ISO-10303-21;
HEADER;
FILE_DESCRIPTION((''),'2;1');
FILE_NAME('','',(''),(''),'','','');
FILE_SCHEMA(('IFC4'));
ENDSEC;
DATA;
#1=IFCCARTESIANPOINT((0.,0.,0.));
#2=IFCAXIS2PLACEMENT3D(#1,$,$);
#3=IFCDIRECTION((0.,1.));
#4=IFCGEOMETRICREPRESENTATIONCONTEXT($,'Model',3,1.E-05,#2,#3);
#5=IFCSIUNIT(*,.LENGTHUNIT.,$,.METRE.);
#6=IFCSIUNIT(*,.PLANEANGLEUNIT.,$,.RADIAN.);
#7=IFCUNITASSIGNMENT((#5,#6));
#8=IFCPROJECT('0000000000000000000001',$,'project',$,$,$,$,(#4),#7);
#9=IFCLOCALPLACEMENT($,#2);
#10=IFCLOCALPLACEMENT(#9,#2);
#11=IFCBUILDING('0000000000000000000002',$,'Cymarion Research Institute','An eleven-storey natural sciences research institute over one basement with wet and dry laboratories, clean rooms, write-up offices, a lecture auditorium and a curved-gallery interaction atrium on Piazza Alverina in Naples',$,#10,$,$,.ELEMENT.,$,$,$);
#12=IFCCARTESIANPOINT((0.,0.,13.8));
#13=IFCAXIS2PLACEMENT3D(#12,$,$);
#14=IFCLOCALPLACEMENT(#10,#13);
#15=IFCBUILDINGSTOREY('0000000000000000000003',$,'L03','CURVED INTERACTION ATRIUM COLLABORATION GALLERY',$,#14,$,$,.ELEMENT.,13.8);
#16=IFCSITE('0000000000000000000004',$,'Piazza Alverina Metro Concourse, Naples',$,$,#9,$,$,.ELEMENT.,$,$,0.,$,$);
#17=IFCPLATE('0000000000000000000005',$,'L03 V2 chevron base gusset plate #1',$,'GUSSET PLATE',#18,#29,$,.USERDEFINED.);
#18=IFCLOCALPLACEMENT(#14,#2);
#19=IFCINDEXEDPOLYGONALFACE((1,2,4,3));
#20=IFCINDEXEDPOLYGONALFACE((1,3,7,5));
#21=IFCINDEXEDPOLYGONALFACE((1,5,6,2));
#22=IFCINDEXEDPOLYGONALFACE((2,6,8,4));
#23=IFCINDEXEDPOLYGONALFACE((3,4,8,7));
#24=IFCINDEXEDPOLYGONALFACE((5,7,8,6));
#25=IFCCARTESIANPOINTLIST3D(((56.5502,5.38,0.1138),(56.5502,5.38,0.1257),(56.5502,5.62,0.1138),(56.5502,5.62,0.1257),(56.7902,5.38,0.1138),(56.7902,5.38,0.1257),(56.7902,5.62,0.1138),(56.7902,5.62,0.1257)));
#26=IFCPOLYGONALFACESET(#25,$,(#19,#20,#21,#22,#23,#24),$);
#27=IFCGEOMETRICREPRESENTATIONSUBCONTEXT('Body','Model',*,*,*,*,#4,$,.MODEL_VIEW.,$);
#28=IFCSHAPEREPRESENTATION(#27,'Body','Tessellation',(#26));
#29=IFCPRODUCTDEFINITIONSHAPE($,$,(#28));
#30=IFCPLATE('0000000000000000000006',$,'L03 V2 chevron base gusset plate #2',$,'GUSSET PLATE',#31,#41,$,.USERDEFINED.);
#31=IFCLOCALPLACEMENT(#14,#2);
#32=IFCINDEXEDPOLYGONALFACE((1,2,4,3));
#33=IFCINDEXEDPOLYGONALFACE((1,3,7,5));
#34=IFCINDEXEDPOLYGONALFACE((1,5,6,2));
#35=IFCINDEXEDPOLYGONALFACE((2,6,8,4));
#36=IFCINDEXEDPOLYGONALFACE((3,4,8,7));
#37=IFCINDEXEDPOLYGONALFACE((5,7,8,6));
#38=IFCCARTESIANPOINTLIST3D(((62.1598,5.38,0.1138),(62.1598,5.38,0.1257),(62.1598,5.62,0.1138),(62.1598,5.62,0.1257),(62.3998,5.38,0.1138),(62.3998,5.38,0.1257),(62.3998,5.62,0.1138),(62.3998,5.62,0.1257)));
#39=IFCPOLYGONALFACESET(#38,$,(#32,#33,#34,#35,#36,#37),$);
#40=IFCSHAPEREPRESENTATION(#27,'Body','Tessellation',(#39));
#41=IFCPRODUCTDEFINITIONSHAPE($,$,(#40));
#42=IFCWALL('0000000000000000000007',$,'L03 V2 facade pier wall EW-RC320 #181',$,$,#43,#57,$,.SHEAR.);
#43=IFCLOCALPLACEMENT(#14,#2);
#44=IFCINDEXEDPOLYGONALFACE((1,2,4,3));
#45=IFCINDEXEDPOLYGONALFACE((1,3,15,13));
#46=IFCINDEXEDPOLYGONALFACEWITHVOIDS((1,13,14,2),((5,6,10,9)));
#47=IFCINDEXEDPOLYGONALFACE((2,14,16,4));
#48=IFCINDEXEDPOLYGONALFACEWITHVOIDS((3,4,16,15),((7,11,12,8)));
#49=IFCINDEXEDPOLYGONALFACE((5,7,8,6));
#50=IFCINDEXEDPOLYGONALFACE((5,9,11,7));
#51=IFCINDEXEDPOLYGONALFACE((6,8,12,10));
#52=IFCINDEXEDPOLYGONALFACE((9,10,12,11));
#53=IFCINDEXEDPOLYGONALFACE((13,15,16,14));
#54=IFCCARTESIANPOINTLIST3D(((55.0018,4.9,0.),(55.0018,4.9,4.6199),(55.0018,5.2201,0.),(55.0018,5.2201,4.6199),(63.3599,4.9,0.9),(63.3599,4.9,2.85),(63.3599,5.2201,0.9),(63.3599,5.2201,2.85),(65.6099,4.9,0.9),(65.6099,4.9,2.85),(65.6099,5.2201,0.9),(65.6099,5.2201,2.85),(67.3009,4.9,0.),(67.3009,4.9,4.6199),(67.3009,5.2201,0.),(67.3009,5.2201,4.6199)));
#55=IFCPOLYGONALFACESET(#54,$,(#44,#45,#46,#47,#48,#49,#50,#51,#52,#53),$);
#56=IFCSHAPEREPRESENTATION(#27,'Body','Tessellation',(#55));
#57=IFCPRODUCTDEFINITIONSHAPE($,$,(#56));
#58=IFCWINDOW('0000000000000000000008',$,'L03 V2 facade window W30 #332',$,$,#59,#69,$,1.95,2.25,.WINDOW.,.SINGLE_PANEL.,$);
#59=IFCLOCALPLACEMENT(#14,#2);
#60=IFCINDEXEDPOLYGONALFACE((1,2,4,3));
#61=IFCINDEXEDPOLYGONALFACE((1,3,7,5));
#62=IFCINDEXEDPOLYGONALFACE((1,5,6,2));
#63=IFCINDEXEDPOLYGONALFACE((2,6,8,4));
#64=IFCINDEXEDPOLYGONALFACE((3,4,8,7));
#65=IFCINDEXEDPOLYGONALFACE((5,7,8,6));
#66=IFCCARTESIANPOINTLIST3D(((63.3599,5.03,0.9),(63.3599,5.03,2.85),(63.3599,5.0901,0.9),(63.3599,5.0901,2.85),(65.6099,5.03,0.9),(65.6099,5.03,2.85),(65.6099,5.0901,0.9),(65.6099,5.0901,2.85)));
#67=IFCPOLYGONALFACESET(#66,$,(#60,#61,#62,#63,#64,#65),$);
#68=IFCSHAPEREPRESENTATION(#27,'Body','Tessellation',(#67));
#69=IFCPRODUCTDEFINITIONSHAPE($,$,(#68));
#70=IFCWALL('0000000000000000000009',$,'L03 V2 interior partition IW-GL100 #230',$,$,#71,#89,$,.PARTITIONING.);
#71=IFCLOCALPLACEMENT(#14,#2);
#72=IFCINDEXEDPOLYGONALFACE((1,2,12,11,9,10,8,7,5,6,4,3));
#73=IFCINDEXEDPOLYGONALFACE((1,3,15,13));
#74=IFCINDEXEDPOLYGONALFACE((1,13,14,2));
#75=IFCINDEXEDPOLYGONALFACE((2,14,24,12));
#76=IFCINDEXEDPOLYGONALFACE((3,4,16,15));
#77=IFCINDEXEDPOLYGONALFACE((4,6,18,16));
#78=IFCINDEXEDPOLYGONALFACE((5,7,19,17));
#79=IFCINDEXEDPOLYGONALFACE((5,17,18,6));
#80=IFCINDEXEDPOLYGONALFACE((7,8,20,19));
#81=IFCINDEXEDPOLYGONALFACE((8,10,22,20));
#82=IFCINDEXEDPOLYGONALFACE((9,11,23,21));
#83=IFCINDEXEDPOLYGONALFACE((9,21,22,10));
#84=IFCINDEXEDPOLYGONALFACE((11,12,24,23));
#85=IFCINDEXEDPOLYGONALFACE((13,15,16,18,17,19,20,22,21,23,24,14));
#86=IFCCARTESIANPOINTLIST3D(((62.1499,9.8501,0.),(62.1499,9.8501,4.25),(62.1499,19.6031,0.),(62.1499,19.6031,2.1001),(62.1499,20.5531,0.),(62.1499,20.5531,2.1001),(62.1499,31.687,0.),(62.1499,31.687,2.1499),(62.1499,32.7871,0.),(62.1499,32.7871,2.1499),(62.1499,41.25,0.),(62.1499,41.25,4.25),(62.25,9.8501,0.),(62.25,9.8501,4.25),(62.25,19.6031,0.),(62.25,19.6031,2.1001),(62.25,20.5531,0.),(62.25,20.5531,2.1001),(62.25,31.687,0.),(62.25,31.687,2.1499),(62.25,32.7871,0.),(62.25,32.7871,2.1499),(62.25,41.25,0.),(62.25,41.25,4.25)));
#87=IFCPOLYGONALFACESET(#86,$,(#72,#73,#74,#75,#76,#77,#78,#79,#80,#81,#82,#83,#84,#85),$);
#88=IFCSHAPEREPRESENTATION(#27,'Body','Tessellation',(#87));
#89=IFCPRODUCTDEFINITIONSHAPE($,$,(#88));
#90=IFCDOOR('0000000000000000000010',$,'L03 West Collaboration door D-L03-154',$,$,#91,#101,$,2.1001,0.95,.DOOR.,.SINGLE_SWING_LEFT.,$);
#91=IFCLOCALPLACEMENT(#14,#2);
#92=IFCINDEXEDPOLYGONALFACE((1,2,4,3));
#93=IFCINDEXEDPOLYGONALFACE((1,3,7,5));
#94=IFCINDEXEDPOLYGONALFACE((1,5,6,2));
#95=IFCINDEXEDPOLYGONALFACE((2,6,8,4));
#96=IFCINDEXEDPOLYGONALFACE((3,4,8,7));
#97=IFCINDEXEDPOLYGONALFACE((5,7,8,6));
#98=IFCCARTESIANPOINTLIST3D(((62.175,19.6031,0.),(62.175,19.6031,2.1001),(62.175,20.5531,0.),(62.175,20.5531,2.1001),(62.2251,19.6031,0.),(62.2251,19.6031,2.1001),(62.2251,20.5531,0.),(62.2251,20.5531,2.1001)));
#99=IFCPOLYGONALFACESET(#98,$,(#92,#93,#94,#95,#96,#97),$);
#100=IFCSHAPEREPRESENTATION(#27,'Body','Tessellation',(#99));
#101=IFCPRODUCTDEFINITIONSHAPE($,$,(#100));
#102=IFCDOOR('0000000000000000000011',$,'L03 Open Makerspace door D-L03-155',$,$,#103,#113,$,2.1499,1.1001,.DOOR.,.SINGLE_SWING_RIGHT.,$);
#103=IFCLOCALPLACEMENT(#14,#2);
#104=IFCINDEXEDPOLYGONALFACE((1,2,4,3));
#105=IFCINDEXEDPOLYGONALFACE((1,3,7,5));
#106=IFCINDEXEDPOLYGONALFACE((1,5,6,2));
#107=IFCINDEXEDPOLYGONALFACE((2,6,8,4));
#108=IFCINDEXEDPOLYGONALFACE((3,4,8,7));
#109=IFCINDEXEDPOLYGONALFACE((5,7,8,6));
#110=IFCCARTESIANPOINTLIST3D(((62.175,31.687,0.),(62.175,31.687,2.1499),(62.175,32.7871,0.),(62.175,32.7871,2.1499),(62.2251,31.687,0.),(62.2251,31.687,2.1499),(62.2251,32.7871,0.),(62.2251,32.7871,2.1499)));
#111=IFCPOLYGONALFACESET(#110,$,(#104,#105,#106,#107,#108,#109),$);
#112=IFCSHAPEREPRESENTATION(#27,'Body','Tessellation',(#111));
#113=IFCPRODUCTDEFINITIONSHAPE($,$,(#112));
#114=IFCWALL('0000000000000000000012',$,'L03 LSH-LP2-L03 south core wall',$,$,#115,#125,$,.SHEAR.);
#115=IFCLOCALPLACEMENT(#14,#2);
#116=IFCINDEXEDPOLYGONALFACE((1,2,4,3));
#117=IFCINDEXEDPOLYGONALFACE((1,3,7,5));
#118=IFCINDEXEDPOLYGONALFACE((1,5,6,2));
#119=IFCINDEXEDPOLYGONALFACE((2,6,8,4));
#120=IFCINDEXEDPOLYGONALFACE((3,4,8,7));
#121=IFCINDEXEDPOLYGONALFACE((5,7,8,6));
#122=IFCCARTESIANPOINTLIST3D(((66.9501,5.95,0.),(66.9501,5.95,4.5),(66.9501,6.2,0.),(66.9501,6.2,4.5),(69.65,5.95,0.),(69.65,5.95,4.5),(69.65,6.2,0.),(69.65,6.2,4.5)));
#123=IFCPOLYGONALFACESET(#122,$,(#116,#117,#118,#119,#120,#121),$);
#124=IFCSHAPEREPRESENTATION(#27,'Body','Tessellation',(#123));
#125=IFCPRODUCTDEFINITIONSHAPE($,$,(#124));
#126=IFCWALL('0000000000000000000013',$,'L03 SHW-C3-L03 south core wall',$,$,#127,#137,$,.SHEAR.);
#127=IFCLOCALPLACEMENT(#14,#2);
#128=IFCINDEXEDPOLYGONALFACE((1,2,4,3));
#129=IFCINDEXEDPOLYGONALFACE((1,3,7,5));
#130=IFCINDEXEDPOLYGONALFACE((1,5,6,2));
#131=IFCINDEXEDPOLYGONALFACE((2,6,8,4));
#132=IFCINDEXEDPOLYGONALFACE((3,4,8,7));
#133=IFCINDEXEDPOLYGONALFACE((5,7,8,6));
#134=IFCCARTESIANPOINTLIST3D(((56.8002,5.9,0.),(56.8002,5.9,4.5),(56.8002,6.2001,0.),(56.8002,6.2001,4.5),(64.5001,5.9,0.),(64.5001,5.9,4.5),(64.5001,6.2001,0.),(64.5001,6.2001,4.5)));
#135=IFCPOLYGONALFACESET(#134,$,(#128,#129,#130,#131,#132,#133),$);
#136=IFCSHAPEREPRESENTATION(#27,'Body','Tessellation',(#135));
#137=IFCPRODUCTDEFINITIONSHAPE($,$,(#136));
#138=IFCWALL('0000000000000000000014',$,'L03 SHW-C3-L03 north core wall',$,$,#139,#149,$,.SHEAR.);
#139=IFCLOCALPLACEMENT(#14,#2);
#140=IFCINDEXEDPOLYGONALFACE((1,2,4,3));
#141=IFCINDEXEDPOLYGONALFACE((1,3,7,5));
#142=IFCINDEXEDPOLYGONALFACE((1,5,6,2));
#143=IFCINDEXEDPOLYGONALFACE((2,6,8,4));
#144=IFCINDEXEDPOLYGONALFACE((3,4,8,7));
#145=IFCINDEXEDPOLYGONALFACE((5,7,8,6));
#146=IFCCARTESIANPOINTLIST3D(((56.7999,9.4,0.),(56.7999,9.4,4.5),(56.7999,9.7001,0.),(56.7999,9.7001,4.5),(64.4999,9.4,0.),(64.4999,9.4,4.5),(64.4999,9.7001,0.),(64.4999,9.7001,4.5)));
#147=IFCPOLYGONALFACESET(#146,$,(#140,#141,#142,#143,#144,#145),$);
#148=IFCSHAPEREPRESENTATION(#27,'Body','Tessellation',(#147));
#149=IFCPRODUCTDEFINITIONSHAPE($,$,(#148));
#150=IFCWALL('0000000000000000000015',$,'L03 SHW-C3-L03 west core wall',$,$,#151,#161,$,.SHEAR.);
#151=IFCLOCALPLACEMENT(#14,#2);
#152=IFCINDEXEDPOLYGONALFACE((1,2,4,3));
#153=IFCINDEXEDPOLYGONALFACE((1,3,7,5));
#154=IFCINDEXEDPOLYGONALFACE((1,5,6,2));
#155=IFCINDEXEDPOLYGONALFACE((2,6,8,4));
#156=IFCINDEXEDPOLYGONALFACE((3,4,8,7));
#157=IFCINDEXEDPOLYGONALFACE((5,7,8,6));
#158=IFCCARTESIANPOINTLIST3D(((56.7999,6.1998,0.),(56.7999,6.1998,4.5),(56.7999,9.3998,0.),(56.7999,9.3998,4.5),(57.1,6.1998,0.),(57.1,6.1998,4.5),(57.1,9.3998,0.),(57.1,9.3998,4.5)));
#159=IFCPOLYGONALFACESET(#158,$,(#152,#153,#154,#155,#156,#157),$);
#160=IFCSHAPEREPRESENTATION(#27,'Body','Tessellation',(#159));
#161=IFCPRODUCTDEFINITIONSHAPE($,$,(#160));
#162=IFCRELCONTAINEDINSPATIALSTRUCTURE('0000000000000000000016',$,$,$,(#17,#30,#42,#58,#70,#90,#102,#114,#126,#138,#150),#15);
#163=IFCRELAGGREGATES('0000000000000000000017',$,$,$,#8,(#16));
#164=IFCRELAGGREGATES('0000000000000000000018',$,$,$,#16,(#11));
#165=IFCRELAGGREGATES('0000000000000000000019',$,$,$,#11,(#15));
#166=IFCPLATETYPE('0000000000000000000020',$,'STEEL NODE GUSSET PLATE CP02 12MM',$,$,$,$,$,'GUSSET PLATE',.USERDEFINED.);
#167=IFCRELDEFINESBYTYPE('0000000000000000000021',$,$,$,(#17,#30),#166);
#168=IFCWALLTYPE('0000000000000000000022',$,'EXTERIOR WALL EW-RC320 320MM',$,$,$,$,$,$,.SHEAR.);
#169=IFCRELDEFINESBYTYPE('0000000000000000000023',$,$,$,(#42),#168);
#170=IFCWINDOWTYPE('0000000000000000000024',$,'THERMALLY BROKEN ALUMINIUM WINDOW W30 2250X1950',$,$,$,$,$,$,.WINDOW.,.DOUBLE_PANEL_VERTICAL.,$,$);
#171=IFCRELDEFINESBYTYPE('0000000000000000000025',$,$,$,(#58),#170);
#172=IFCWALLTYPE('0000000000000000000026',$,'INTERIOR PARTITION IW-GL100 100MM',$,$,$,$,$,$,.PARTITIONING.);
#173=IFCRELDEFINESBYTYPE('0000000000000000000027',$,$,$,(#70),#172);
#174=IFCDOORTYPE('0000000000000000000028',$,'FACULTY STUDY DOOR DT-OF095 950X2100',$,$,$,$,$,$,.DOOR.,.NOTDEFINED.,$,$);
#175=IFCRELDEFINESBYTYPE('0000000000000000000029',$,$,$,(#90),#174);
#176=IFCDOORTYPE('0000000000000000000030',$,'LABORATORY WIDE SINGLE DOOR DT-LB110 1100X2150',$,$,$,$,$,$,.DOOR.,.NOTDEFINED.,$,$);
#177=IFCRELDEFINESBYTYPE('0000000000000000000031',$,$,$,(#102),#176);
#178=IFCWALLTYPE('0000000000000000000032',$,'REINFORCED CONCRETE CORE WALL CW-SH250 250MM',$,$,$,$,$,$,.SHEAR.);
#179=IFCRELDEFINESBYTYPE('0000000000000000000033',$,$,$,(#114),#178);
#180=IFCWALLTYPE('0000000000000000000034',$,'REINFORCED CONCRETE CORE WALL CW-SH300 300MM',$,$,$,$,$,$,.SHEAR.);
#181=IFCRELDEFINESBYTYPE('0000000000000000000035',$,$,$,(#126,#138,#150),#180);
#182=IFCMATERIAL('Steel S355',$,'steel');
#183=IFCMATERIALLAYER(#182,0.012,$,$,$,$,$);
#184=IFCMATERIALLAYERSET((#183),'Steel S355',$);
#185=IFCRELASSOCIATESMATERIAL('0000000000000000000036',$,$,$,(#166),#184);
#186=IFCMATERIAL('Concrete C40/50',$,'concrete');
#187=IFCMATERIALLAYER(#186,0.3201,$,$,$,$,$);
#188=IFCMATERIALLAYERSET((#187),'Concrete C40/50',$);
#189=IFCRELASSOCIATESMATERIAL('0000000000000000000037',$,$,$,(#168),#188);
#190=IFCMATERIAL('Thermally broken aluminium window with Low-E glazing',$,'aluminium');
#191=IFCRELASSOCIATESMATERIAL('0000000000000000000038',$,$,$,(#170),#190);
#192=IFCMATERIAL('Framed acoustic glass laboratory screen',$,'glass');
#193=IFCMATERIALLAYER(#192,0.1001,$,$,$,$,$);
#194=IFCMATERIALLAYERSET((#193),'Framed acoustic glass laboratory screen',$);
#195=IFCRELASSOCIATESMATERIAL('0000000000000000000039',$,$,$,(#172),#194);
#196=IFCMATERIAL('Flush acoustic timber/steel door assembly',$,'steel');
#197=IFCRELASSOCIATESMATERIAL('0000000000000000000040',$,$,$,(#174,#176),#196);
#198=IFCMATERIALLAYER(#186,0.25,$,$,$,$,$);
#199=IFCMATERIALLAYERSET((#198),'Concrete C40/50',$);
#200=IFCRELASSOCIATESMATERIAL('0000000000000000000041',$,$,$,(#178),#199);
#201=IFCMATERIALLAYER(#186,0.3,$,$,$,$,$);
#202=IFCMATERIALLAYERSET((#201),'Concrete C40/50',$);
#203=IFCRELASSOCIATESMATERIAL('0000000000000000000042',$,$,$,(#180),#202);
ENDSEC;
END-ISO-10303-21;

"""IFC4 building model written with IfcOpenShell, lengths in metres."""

from ifc_helpers import new_model, si_unit, direction, frame, frame_2d, origin, origin_2d, place, context, subcontext, project, spatial, rectangle, extrude, material, layer, layer_set, type_object, element, fill, save


model = new_model("IFC4")

# Units and contexts
model_context = context("Model", 3, precision=1e-05, world=origin(), true_north=direction((0.0, 1.0)))
body_context = subcontext(model_context, "Body", "Model", "MODEL_VIEW")
ifc_project = project(units=[si_unit("LENGTHUNIT", "METRE"), si_unit("PLANEANGLEUNIT", "RADIAN")], contexts=[model_context])

# Site, building, storey
site_placement = place(None, origin())
site = spatial("IfcSite", under=ifc_project, at=site_placement, Name="Piazza Alverina Metro Concourse, Naples", CompositionType="ELEMENT", RefElevation=0.0)
building_placement = place(site_placement, origin())
building = spatial("IfcBuilding", under=site, at=building_placement, Name="Cymarion Research Institute", Description="An eleven-storey natural sciences research institute over one basement with wet and dry laboratories, clean rooms, write-up offices, a lecture auditorium and a curved-gallery interaction atrium on Piazza Alverina in Naples", CompositionType="ELEMENT")
storey_placement = place(building_placement, frame((0.0, 0.0, 13.8)))
storey = spatial("IfcBuildingStorey", under=building, at=storey_placement, Name="L03", Description="CURVED INTERACTION ATRIUM COLLABORATION GALLERY", CompositionType="ELEMENT", Elevation=13.8)

# Shared definitions
ifc_material_1 = material(Name="Concrete C40/50", Category="concrete")
ifc_material_2 = material(Name="Steel S355", Category="steel")

# Plates
ifc_layer_1 = layer(ifc_material_2, 0.012)
ifc_layer_set_1 = layer_set([ifc_layer_1], Name="Steel S355")
plate_type_1 = type_object("IfcPlateType", Name="STEEL NODE GUSSET PLATE CP02 12MM", ElementType="GUSSET PLATE", PredefinedType="USERDEFINED", material=ifc_layer_set_1)
for number, where, z_axis, x_axis, name in (
    (1, (56.6702, 5.5, 0.1138), (0.0, 0.0, 1.0), (1.0, 0.0, 0.0), "L03 V2 chevron base gusset plate #1"),
    (2, (62.2798, 5.5, 0.1138), (0.0, 0.0, 1.0), (1.0, 0.0, 0.0), "L03 V2 chevron base gusset plate #2"),
):
    element("IfcPlate", number, at=place(storey_placement, frame(where, z_axis=z_axis, x_axis=x_axis)), inside=storey, type_object=plate_type_1, Name=name, ObjectType="GUSSET PLATE", PredefinedType="USERDEFINED", context=body_context, shape_type="SweptSolid", body=[
        extrude(rectangle(XDim=0.24, YDim=0.24, at=origin_2d()), origin(), (0.0, 0.0, 1.0), 0.012),
    ])

# Wall, opening, window
ifc_layer_2 = layer(ifc_material_1, 0.3201)
ifc_layer_set_2 = layer_set([ifc_layer_2], Name="Concrete C40/50")
wall_type_1 = type_object("IfcWallType", Name="EXTERIOR WALL EW-RC320 320MM", PredefinedType="SHEAR", material=ifc_layer_set_2)
wall_1_placement = place(storey_placement, frame((55.002, 5.0601, 0.0), z_axis=(0.0, 0.0, 1.0), x_axis=(1.0, 0.0, 0.0)))
wall_1 = element("IfcWall", 3, at=wall_1_placement, inside=storey, type_object=wall_type_1, Name="L03 V2 facade pier wall EW-RC320 #181", PredefinedType="SHEAR", context=body_context, shape_type="SweptSolid", body=[
    extrude(rectangle(XDim=12.2991, YDim=0.3201, at=frame_2d((6.1494, 0.0))), origin(), (0.0, 0.0, 1.0), 4.6199),
])
opening_1_placement = place(wall_1_placement, frame((8.3579, 0.0, 0.8999)))
opening_1 = element("IfcOpeningElement", 4, at=opening_1_placement, cuts=wall_1, PredefinedType="OPENING", context=body_context, shape_type="SweptSolid", body=[
    extrude(rectangle(XDim=2.25, YDim=1.95, at=frame_2d((1.125, 0.9751))), frame((0.0, 0.1699, 0.0), z_axis=(0.0, -1.0, 0.0), x_axis=(1.0, 0.0, 0.0)), (0.0, 0.0, 1.0), 0.3401),
])
ifc_material_3 = material(Name="Thermally broken aluminium window with Low-E glazing", Category="aluminium")
window_type = type_object("IfcWindowType", Name="THERMALLY BROKEN ALUMINIUM WINDOW W30 2250X1950", PartitioningType="DOUBLE_PANEL_VERTICAL", PredefinedType="WINDOW", material=ifc_material_3)
window_placement = place(opening_1_placement, origin())
window = element("IfcWindow", 5, at=window_placement, inside=storey, type_object=window_type, Name="L03 V2 facade window W30 #332", OverallHeight=1.95, OverallWidth=2.25, PartitioningType="SINGLE_PANEL", PredefinedType="WINDOW", context=body_context, shape_type="SweptSolid", body=[
    extrude(rectangle(XDim=2.25, YDim=1.95, at=frame_2d((1.125, 0.9751))), frame((0.0, 0.03, 0.0), z_axis=(0.0, -1.0, 0.0), x_axis=(1.0, 0.0, 0.0)), (0.0, 0.0, 1.0), 0.0601),
])
fill(opening_1, window)

# Wall, openings, doors
ifc_material_4 = material(Name="Framed acoustic glass laboratory screen", Category="glass")
ifc_layer_3 = layer(ifc_material_4, 0.1001)
ifc_layer_set_3 = layer_set([ifc_layer_3], Name="Framed acoustic glass laboratory screen")
wall_type_2 = type_object("IfcWallType", Name="INTERIOR PARTITION IW-GL100 100MM", PredefinedType="PARTITIONING", material=ifc_layer_set_3)
wall_2_placement = place(storey_placement, frame((62.2, 9.8501, 0.0), z_axis=(0.0, 0.0, 1.0), x_axis=(0.0, 1.0, 0.0)))
wall_2 = element("IfcWall", 6, at=wall_2_placement, inside=storey, type_object=wall_type_2, Name="L03 V2 interior partition IW-GL100 #230", PredefinedType="PARTITIONING", context=body_context, shape_type="SweptSolid", body=[
    extrude(rectangle(XDim=31.3999, YDim=0.1001, at=frame_2d((15.7, 0.0))), origin(), (0.0, 0.0, 1.0), 4.25),
])
opening_2_placement = place(wall_2_placement, frame((9.7529, 0.0, 0.0)))
opening_2 = element("IfcOpeningElement", 7, at=opening_2_placement, cuts=wall_2, PredefinedType="OPENING", context=body_context, shape_type="SweptSolid", body=[
    extrude(rectangle(XDim=0.95, YDim=2.1001, at=frame_2d((0.4751, 1.05))), frame((0.0, 0.0601, 0.0), z_axis=(0.0, -1.0, 0.0), x_axis=(1.0, 0.0, 0.0)), (0.0, 0.0, 1.0), 0.1201),
])
opening_3_placement = place(wall_2_placement, frame((21.8369, 0.0, 0.0)))
opening_3 = element("IfcOpeningElement", 8, at=opening_3_placement, cuts=wall_2, PredefinedType="OPENING", context=body_context, shape_type="SweptSolid", body=[
    extrude(rectangle(XDim=1.1001, YDim=2.1499, at=frame_2d((0.55, 1.075))), frame((0.0, 0.0601, 0.0), z_axis=(0.0, -1.0, 0.0), x_axis=(1.0, 0.0, 0.0)), (0.0, 0.0, 1.0), 0.1201),
])
ifc_material_5 = material(Name="Flush acoustic timber/steel door assembly", Category="steel")
door_type_1 = type_object("IfcDoorType", Name="FACULTY STUDY DOOR DT-OF095 950X2100", OperationType="NOTDEFINED", PredefinedType="DOOR", material=ifc_material_5)
door_1_placement = place(opening_2_placement, origin())
door_1 = element("IfcDoor", 9, at=door_1_placement, inside=storey, type_object=door_type_1, Name="L03 West Collaboration door D-L03-154", OperationType="SINGLE_SWING_LEFT", OverallHeight=2.1001, OverallWidth=0.95, PredefinedType="DOOR", context=body_context, shape_type="SweptSolid", body=[
    extrude(rectangle(XDim=0.95, YDim=2.1001, at=frame_2d((0.4751, 1.05))), frame((0.0, 0.0249, 0.0), z_axis=(0.0, -1.0, 0.0), x_axis=(1.0, 0.0, 0.0)), (0.0, 0.0, 1.0), 0.05),
])
fill(opening_2, door_1)
door_type_2 = type_object("IfcDoorType", Name="LABORATORY WIDE SINGLE DOOR DT-LB110 1100X2150", OperationType="NOTDEFINED", PredefinedType="DOOR", material=ifc_material_5)
door_2_placement = place(opening_3_placement, origin())
door_2 = element("IfcDoor", 10, at=door_2_placement, inside=storey, type_object=door_type_2, Name="L03 Open Makerspace door D-L03-155", OperationType="SINGLE_SWING_RIGHT", OverallHeight=2.1499, OverallWidth=1.1001, PredefinedType="DOOR", context=body_context, shape_type="SweptSolid", body=[
    extrude(rectangle(XDim=1.1001, YDim=2.1499, at=frame_2d((0.55, 1.075))), frame((0.0, 0.0249, 0.0), z_axis=(0.0, -1.0, 0.0), x_axis=(1.0, 0.0, 0.0)), (0.0, 0.0, 1.0), 0.05),
])
fill(opening_3, door_2)

# Walls
ifc_layer_4 = layer(ifc_material_1, 0.25)
ifc_layer_set_4 = layer_set([ifc_layer_4], Name="Concrete C40/50")
wall_type_3 = type_object("IfcWallType", Name="REINFORCED CONCRETE CORE WALL CW-SH250 250MM", PredefinedType="SHEAR", material=ifc_layer_set_4)
wall_3_placement = place(storey_placement, frame((66.95, 6.075, 0.0), z_axis=(0.0, 0.0, 1.0), x_axis=(1.0, 0.0, 0.0)))
element("IfcWall", 11, at=wall_3_placement, inside=storey, type_object=wall_type_3, Name="L03 LSH-LP2-L03 south core wall", PredefinedType="SHEAR", context=body_context, shape_type="SweptSolid", body=[
    extrude(rectangle(XDim=2.7, YDim=0.25, at=frame_2d((1.3501, 0.0))), origin(), (0.0, 0.0, 1.0), 4.5),
])
ifc_layer_5 = layer(ifc_material_1, 0.3)
ifc_layer_set_5 = layer_set([ifc_layer_5], Name="Concrete C40/50")
wall_type_4 = type_object("IfcWallType", Name="REINFORCED CONCRETE CORE WALL CW-SH300 300MM", PredefinedType="SHEAR", material=ifc_layer_set_5)
for number, where, z_axis, x_axis, name in (
    (12, (56.8, 6.05, 0.0), (0.0, 0.0, 1.0), (1.0, 0.0, 0.0), "L03 SHW-C3-L03 south core wall"),
    (13, (64.5, 9.55, 0.0), (0.0, 0.0, 1.0), (-1.0, 0.0, 0.0), "L03 SHW-C3-L03 north core wall"),
):
    element("IfcWall", number, at=place(storey_placement, frame(where, z_axis=z_axis, x_axis=x_axis)), inside=storey, type_object=wall_type_4, Name=name, PredefinedType="SHEAR", context=body_context, shape_type="SweptSolid", body=[
        extrude(rectangle(XDim=7.7, YDim=0.3, at=frame_2d((3.8501, 0.0))), origin(), (0.0, 0.0, 1.0), 4.5),
    ])
wall_4_placement = place(storey_placement, frame((56.95, 9.3999, 0.0), z_axis=(0.0, 0.0, 1.0), x_axis=(0.0, -1.0, 0.0)))
element("IfcWall", 14, at=wall_4_placement, inside=storey, type_object=wall_type_4, Name="L03 SHW-C3-L03 west core wall", PredefinedType="SHEAR", context=body_context, shape_type="SweptSolid", body=[
    extrude(rectangle(XDim=3.2, YDim=0.3, at=frame_2d((1.6001, 0.0))), origin(), (0.0, 0.0, 1.0), 4.5),
])

save(model, "model.ifc")
